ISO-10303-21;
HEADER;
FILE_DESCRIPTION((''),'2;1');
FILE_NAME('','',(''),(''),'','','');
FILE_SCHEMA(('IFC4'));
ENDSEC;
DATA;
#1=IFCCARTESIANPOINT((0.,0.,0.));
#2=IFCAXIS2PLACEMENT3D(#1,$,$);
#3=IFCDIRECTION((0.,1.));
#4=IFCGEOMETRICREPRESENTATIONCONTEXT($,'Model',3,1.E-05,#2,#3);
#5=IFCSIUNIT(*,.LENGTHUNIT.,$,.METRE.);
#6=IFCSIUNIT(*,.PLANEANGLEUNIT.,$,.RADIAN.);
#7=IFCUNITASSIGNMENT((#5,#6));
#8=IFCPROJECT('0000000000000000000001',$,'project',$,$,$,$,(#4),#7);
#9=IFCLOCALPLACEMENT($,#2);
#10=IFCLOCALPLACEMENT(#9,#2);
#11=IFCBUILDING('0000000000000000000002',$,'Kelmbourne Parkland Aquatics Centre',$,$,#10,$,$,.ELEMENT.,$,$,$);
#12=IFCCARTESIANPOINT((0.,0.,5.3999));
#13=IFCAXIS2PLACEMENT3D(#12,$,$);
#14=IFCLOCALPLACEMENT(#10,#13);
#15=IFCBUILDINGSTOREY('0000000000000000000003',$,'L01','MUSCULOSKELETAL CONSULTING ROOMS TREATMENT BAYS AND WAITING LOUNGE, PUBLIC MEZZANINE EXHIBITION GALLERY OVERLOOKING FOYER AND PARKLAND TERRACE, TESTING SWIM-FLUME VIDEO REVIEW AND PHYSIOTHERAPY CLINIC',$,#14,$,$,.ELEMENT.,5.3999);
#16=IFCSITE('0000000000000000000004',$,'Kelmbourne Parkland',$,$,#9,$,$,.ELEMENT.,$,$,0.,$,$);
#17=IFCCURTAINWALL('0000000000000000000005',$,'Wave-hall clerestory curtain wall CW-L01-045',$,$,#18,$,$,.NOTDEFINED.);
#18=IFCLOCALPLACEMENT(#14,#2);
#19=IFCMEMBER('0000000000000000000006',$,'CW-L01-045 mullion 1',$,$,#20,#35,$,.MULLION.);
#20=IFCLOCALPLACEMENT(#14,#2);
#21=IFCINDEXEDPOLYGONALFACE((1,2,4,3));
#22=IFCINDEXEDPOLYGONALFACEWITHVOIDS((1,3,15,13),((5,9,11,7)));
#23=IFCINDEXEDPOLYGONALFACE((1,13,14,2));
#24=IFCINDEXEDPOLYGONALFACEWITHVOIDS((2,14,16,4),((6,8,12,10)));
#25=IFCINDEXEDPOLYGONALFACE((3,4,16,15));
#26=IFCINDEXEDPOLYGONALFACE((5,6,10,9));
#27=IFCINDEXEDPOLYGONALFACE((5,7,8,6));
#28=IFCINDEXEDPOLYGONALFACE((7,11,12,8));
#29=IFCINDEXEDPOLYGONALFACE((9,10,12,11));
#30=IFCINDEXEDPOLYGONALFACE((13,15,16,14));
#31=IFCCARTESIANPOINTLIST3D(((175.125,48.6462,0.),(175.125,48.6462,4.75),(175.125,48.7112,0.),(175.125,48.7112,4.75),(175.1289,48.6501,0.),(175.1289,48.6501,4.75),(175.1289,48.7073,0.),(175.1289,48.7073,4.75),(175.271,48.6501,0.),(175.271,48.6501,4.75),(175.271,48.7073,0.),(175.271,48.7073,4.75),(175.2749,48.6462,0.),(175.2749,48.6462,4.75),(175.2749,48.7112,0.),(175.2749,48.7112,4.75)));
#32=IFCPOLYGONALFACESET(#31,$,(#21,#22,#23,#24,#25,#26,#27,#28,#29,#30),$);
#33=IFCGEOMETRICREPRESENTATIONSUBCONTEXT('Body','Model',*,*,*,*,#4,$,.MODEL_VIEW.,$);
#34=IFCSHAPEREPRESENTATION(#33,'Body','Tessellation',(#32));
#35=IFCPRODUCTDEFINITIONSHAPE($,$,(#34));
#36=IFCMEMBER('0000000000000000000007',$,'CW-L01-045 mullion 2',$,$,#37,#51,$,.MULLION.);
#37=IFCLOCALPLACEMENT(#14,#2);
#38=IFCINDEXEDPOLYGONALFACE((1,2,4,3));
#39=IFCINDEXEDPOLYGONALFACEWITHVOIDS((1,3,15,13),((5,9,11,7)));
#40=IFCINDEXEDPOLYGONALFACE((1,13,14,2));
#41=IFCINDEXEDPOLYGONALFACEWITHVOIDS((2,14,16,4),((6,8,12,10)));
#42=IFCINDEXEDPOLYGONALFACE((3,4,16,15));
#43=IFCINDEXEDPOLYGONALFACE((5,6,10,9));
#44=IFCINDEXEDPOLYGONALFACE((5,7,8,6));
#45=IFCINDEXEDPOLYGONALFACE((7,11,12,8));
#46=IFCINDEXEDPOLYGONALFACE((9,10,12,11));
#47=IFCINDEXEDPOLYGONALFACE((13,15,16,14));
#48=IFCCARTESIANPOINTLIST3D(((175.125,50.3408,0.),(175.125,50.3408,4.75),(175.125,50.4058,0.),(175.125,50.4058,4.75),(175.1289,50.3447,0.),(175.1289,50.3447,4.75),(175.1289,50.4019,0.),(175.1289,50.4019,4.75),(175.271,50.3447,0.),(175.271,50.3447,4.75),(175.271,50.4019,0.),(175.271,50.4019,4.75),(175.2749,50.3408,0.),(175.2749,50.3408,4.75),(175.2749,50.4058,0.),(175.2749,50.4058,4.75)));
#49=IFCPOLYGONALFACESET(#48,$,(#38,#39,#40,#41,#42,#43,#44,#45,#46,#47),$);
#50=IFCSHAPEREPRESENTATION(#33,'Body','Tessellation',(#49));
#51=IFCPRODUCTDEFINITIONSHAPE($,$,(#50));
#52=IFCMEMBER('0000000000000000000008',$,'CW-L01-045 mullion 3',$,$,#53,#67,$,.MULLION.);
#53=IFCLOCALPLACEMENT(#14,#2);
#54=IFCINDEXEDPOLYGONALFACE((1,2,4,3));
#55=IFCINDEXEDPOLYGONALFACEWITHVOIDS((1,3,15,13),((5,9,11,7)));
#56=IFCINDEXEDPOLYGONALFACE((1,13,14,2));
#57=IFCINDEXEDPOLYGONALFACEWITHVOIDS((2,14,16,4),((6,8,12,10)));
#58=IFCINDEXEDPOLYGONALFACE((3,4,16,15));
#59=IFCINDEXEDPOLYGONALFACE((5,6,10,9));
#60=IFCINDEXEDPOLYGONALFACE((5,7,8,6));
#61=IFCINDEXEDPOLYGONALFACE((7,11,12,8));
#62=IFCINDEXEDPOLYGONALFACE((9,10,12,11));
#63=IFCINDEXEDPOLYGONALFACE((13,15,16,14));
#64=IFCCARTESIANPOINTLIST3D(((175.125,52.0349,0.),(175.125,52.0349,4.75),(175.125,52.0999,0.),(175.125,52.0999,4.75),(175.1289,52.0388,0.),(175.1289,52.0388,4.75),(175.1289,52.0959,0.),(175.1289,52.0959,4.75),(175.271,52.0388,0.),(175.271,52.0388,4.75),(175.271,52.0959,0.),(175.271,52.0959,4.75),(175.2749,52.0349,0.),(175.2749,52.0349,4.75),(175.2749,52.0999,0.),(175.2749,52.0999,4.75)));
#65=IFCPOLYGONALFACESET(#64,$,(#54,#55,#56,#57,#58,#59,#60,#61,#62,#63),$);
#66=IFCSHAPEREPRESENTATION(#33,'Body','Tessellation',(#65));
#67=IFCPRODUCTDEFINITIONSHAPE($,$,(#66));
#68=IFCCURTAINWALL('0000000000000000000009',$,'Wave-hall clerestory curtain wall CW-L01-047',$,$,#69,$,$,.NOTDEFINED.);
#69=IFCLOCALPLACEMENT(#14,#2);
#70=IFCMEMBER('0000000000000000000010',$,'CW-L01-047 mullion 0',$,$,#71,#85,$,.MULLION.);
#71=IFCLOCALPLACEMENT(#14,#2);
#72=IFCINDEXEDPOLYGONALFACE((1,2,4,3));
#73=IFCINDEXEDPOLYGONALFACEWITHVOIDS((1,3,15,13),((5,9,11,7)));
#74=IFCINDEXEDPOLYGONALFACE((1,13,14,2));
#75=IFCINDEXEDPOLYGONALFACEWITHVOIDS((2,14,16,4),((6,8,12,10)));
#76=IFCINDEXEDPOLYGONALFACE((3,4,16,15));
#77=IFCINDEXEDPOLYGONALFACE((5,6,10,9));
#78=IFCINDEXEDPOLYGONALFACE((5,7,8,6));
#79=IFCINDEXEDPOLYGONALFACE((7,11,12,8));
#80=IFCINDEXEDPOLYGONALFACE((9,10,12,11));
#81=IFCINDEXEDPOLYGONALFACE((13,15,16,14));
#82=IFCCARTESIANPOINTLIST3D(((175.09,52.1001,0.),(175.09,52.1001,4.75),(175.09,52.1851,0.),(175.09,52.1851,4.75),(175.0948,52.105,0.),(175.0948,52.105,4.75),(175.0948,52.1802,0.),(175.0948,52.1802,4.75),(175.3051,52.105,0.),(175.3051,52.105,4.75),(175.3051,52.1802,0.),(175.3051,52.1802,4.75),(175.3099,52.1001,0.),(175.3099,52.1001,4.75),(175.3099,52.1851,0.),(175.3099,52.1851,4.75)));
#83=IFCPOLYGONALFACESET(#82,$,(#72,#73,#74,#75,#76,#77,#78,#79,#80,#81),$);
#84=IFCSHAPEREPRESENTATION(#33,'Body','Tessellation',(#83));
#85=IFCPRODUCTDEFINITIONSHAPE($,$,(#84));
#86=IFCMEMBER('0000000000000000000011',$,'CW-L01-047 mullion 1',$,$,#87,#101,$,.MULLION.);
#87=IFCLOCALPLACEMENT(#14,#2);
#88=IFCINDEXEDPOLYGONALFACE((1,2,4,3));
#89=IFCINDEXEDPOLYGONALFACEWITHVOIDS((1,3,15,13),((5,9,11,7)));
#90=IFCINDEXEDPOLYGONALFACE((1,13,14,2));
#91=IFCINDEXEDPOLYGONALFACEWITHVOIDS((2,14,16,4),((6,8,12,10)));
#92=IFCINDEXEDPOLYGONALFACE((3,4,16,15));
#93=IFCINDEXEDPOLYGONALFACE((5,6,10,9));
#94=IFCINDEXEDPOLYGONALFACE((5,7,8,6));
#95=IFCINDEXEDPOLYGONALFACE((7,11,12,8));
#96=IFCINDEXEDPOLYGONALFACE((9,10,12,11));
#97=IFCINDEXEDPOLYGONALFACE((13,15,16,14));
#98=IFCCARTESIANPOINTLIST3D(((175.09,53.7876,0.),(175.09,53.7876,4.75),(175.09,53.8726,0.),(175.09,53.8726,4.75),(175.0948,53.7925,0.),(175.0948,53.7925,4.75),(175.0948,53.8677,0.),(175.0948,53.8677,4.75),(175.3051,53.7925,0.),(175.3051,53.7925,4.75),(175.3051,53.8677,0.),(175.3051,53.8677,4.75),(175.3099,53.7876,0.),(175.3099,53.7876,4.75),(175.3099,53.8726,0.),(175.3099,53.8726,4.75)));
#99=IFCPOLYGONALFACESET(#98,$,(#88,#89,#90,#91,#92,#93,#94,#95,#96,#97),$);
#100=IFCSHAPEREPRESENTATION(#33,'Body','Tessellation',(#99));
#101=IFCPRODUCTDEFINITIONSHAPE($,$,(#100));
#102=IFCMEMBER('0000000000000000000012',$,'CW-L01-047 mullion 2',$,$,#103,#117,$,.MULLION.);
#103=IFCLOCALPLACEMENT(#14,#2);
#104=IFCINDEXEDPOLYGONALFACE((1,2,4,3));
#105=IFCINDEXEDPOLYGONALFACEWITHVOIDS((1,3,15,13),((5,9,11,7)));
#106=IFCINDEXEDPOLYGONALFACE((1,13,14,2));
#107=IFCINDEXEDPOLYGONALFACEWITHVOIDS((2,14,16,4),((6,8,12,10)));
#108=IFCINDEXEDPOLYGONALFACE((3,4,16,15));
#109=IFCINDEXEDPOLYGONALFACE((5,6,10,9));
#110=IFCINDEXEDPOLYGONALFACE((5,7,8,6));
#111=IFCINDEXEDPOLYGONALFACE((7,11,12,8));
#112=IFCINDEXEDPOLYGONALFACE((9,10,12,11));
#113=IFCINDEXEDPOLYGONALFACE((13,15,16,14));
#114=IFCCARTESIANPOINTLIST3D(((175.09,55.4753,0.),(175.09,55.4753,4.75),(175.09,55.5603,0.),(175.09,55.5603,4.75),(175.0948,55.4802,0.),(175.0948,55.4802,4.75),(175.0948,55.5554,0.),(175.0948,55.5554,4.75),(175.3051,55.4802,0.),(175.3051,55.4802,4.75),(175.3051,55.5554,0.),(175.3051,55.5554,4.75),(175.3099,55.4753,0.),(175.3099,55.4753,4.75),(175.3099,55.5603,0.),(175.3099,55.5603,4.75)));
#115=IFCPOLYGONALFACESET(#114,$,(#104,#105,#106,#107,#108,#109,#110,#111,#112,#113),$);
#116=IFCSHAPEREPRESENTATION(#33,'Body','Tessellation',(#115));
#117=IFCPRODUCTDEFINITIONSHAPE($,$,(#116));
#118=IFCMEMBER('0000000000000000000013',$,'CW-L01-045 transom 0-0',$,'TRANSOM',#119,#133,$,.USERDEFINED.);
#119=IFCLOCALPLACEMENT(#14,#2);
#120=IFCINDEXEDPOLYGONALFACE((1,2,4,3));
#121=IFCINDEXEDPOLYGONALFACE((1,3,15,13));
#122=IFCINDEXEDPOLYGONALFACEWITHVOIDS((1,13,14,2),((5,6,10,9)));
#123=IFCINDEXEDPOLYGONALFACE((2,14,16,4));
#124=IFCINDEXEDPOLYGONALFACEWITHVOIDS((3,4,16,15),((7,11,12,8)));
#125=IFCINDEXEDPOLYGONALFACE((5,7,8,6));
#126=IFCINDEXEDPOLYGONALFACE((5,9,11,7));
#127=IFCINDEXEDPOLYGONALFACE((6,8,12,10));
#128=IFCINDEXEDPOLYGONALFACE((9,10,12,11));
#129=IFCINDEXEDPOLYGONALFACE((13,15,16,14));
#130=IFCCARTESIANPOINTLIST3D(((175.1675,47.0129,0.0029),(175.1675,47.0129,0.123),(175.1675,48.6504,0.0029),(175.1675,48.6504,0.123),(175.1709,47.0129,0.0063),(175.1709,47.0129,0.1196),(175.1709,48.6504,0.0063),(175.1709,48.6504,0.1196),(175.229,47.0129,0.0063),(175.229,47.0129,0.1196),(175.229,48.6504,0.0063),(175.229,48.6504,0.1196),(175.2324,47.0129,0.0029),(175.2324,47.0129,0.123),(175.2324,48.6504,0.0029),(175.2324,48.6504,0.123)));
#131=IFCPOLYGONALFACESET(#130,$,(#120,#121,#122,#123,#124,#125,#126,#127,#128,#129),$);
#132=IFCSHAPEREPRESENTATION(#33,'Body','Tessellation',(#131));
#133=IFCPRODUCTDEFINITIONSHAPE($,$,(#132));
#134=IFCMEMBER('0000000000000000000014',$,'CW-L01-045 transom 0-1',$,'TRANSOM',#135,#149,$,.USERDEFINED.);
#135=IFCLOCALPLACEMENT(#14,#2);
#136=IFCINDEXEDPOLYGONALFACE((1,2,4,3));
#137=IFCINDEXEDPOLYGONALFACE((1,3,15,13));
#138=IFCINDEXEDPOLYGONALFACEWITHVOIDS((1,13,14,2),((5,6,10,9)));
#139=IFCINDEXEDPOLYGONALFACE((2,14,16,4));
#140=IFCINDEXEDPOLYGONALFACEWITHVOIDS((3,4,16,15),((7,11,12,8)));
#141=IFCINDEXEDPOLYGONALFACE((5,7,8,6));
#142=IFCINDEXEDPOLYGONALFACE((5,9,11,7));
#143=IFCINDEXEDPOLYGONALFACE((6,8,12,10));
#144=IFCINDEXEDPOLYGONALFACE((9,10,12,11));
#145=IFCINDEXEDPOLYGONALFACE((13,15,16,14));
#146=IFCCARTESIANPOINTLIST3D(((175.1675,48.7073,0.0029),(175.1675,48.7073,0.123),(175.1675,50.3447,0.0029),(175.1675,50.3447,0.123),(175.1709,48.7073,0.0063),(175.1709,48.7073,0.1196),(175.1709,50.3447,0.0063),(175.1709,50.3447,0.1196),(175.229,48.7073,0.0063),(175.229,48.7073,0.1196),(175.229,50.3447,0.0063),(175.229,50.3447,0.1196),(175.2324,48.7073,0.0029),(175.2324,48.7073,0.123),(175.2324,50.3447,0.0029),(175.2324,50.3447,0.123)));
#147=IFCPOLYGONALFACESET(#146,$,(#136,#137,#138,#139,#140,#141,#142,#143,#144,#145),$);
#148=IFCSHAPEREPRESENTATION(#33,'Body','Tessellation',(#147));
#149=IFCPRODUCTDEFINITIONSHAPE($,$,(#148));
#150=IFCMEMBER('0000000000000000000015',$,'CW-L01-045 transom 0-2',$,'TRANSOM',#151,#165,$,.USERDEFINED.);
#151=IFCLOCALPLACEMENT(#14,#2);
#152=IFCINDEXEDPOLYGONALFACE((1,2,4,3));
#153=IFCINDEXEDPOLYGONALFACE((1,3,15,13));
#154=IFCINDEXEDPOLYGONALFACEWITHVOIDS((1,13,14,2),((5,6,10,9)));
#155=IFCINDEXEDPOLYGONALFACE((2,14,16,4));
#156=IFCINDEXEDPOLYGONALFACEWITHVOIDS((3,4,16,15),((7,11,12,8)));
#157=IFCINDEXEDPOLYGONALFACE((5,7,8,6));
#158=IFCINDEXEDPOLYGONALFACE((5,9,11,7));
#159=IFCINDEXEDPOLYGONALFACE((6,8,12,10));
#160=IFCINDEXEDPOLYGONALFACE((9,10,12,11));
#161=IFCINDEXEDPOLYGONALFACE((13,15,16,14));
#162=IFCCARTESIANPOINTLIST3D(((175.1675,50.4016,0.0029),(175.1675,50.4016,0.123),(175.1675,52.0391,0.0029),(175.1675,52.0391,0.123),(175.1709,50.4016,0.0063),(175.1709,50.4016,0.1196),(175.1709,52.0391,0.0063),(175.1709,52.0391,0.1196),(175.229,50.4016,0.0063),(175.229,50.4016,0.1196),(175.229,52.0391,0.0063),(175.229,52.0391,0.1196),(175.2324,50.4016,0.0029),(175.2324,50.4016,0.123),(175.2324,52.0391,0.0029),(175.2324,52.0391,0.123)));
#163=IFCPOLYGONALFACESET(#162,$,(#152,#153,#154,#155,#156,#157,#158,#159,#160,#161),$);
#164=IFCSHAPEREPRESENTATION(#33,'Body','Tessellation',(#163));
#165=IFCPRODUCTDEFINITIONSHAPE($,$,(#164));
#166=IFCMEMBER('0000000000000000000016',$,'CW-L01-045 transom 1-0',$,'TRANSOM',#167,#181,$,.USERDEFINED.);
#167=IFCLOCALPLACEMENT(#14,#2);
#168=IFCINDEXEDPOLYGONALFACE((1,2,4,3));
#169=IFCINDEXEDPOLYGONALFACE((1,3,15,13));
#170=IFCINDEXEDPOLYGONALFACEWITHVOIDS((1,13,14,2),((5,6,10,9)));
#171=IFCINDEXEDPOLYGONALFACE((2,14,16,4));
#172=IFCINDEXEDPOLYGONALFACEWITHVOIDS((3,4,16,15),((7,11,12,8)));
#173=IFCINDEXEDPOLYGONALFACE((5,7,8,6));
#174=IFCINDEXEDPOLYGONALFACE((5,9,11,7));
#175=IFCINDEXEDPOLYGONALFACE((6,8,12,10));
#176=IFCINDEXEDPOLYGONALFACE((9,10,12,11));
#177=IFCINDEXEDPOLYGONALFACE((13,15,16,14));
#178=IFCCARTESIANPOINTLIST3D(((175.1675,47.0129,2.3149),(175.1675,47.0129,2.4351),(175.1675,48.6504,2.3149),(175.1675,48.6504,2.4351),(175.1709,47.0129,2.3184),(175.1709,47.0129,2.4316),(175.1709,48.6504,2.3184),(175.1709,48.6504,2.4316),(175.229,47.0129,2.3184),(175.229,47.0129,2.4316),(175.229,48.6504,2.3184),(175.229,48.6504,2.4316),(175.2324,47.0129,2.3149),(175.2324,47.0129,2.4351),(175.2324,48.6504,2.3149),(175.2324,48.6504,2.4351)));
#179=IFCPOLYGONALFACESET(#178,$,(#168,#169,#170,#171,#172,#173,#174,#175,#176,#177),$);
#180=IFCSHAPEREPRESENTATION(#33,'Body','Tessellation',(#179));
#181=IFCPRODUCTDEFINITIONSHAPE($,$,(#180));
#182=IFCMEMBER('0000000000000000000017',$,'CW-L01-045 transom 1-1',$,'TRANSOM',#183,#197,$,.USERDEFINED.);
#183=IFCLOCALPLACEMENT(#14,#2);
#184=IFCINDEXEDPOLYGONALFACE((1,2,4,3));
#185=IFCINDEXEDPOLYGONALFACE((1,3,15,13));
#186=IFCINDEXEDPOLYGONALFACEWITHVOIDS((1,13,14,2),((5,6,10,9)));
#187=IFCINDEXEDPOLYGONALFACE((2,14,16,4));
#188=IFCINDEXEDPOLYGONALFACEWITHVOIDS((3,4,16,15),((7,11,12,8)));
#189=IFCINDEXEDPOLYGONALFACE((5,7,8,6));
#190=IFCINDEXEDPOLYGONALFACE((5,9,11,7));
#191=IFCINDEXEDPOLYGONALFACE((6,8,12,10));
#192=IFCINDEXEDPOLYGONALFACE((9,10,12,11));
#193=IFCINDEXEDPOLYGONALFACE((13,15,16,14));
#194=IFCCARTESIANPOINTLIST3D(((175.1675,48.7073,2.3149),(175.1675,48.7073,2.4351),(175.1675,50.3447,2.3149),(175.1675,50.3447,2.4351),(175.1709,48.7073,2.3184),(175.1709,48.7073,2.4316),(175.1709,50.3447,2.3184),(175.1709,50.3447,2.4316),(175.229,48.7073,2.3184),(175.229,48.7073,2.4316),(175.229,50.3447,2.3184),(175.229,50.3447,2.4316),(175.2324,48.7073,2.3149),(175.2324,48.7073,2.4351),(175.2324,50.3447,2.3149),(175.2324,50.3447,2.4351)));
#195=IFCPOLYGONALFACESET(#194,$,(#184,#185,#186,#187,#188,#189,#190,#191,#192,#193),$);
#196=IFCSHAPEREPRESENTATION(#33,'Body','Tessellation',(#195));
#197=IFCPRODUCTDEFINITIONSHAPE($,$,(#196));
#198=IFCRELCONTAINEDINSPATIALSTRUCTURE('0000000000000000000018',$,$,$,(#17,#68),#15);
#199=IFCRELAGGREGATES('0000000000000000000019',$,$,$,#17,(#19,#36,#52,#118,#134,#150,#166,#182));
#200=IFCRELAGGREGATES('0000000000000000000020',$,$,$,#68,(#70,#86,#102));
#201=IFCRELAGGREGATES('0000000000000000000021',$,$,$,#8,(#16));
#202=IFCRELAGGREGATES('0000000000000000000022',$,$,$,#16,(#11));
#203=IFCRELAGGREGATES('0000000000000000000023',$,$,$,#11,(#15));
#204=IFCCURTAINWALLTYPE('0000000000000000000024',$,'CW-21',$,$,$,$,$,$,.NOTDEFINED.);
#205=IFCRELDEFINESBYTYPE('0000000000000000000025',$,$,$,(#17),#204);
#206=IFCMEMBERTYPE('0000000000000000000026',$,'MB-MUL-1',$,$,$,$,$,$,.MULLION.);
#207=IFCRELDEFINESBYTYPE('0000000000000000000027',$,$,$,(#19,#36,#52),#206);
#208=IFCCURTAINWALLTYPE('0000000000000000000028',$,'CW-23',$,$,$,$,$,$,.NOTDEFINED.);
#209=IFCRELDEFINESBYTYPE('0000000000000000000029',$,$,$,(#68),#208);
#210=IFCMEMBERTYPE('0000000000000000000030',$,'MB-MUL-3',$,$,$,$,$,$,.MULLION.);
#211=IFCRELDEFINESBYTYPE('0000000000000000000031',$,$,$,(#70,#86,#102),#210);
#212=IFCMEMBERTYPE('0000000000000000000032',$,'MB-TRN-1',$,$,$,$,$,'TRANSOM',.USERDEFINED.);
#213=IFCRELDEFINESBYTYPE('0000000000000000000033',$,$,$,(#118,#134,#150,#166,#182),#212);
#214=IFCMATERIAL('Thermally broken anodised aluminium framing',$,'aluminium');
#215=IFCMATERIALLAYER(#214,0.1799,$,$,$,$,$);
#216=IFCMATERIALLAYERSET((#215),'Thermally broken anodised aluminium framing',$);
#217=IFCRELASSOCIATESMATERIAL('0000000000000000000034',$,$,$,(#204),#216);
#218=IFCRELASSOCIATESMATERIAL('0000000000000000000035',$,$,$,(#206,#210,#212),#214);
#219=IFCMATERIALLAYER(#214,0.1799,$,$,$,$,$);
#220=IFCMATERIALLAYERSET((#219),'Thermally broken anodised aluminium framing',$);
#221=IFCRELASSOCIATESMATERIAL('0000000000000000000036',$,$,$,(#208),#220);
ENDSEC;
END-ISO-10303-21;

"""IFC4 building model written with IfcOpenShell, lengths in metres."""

from ifc_helpers import new_model, si_unit, direction, frame, origin, origin_2d, place, context, subcontext, project, spatial, hollow_rectangle, extrude, material, layer, layer_set, material_profile, profile_set, type_object, element, aggregate, save


model = new_model("IFC4")

# Units and contexts
model_context = context("Model", 3, precision=1e-05, world=origin(), true_north=direction((0.0, 1.0)))
body_context = subcontext(model_context, "Body", "Model", "MODEL_VIEW")
ifc_project = project(units=[si_unit("LENGTHUNIT", "METRE"), si_unit("PLANEANGLEUNIT", "RADIAN")], contexts=[model_context])

# Site, building, storey
site_placement = place(None, origin())
site = spatial("IfcSite", under=ifc_project, at=site_placement, Name="Kelmbourne Parkland", CompositionType="ELEMENT", RefElevation=0.0)
building_placement = place(site_placement, origin())
building = spatial("IfcBuilding", under=site, at=building_placement, Name="Kelmbourne Parkland Aquatics Centre", CompositionType="ELEMENT")
storey_placement = place(building_placement, frame((0.0, 0.0, 5.3999)))
storey = spatial("IfcBuildingStorey", under=building, at=storey_placement, Name="L01", Description="MUSCULOSKELETAL CONSULTING ROOMS TREATMENT BAYS AND WAITING LOUNGE, PUBLIC MEZZANINE EXHIBITION GALLERY OVERLOOKING FOYER AND PARKLAND TERRACE, TESTING SWIM-FLUME VIDEO REVIEW AND PHYSIOTHERAPY CLINIC", CompositionType="ELEMENT", Elevation=5.3999)

# Curtain walls, members
ifc_material_1 = material(Name="Thermally broken anodised aluminium framing", Category="aluminium")
ifc_layer_1 = layer(ifc_material_1, 0.1799)
ifc_layer_set_1 = layer_set([ifc_layer_1], Name="Thermally broken anodised aluminium framing")
curtain_wall_type_1 = type_object("IfcCurtainWallType", Name="CW-21", PredefinedType="NOTDEFINED", material=ifc_layer_set_1)
curtain_wall_1_placement = place(storey_placement, origin())
curtain_wall_1 = element("IfcCurtainWall", 1, at=curtain_wall_1_placement, inside=storey, type_object=curtain_wall_type_1, Name="Wave-hall clerestory curtain wall CW-L01-045", PredefinedType="NOTDEFINED")
ifc_material_profile_1 = material_profile(ifc_material_1, hollow_rectangle(XDim=0.0649, YDim=0.1499, WallThickness=0.0039, at=origin_2d()), Name="CW-M 65x150")
ifc_profile_set_1 = profile_set([ifc_material_profile_1], Name="Thermally broken anodised aluminium framing")
member_type_1 = type_object("IfcMemberType", Name="MB-MUL-1", PredefinedType="MULLION", material=ifc_profile_set_1)
member_1_placement = place(storey_placement, frame((175.2, 48.6787, 0.0), z_axis=(0.0, 0.0, 1.0), x_axis=(0.0, 1.0, 0.0)))
member_1 = element("IfcMember", 2, at=member_1_placement, type_object=member_type_1, Name="CW-L01-045 mullion 1", PredefinedType="MULLION", context=body_context, shape_type="SweptSolid", body=[
    extrude(hollow_rectangle(XDim=0.0649, YDim=0.1499, WallThickness=0.0039, at=origin_2d()), origin(), (0.0, 0.0, 1.0), 4.75),
])
member_2_placement = place(storey_placement, frame((175.2, 50.3733, 0.0), z_axis=(0.0, 0.0, 1.0), x_axis=(0.0, 1.0, 0.0)))
member_2 = element("IfcMember", 3, at=member_2_placement, type_object=member_type_1, Name="CW-L01-045 mullion 2", PredefinedType="MULLION", context=body_context, shape_type="SweptSolid", body=[
    extrude(hollow_rectangle(XDim=0.0649, YDim=0.1499, WallThickness=0.0039, at=origin_2d()), origin(), (0.0, 0.0, 1.0), 4.75),
])
member_3_placement = place(storey_placement, frame((175.2, 52.0674, 0.0), z_axis=(0.0, 0.0, 1.0), x_axis=(0.0, 1.0, 0.0)))
member_3 = element("IfcMember", 4, at=member_3_placement, type_object=member_type_1, Name="CW-L01-045 mullion 3", PredefinedType="MULLION", context=body_context, shape_type="SweptSolid", body=[
    extrude(hollow_rectangle(XDim=0.0649, YDim=0.1499, WallThickness=0.0039, at=origin_2d()), origin(), (0.0, 0.0, 1.0), 4.75),
])
ifc_layer_2 = layer(ifc_material_1, 0.1799)
ifc_layer_set_2 = layer_set([ifc_layer_2], Name="Thermally broken anodised aluminium framing")
curtain_wall_type_2 = type_object("IfcCurtainWallType", Name="CW-23", PredefinedType="NOTDEFINED", material=ifc_layer_set_2)
curtain_wall_2_placement = place(storey_placement, origin())
curtain_wall_2 = element("IfcCurtainWall", 5, at=curtain_wall_2_placement, inside=storey, type_object=curtain_wall_type_2, Name="Wave-hall clerestory curtain wall CW-L01-047", PredefinedType="NOTDEFINED")
ifc_material_profile_2 = material_profile(ifc_material_1, hollow_rectangle(XDim=0.085, YDim=0.22, WallThickness=0.0049, at=origin_2d()), Name="CW-M 85x220")
ifc_profile_set_2 = profile_set([ifc_material_profile_2], Name="Thermally broken anodised aluminium framing")
member_type_2 = type_object("IfcMemberType", Name="MB-MUL-3", PredefinedType="MULLION", material=ifc_profile_set_2)
member_4_placement = place(storey_placement, frame((175.2, 52.1426, 0.0), z_axis=(0.0, 0.0, 1.0), x_axis=(0.0, 1.0, 0.0)))
member_4 = element("IfcMember", 6, at=member_4_placement, type_object=member_type_2, Name="CW-L01-047 mullion 0", PredefinedType="MULLION", context=body_context, shape_type="SweptSolid", body=[
    extrude(hollow_rectangle(XDim=0.085, YDim=0.22, WallThickness=0.0049, at=origin_2d()), origin(), (0.0, 0.0, 1.0), 4.75),
])
member_5_placement = place(storey_placement, frame((175.2, 53.8301, 0.0), z_axis=(0.0, 0.0, 1.0), x_axis=(0.0, 1.0, 0.0)))
member_5 = element("IfcMember", 7, at=member_5_placement, type_object=member_type_2, Name="CW-L01-047 mullion 1", PredefinedType="MULLION", context=body_context, shape_type="SweptSolid", body=[
    extrude(hollow_rectangle(XDim=0.085, YDim=0.22, WallThickness=0.0049, at=origin_2d()), origin(), (0.0, 0.0, 1.0), 4.75),
])
member_6_placement = place(storey_placement, frame((175.2, 55.5178, 0.0), z_axis=(0.0, 0.0, 1.0), x_axis=(0.0, 1.0, 0.0)))
member_6 = element("IfcMember", 8, at=member_6_placement, type_object=member_type_2, Name="CW-L01-047 mullion 2", PredefinedType="MULLION", context=body_context, shape_type="SweptSolid", body=[
    extrude(hollow_rectangle(XDim=0.085, YDim=0.22, WallThickness=0.0049, at=origin_2d()), origin(), (0.0, 0.0, 1.0), 4.75),
])

# Members
ifc_material_profile_3 = material_profile(ifc_material_1, hollow_rectangle(XDim=0.0649, YDim=0.1201, WallThickness=0.0034, at=origin_2d()), Name="CW-T 65x120")
ifc_profile_set_3 = profile_set([ifc_material_profile_3], Name="Thermally broken anodised aluminium framing")
member_type_3 = type_object("IfcMemberType", Name="MB-TRN-1", ElementType="TRANSOM", PredefinedType="USERDEFINED", material=ifc_profile_set_3)
member_7_placement = place(storey_placement, frame((175.2, 47.0129, 0.063), z_axis=(0.0, 1.0, 0.0), x_axis=(-1.0, 0.0, 0.0)))
member_7 = element("IfcMember", 9, at=member_7_placement, type_object=member_type_3, Name="CW-L01-045 transom 0-0", ObjectType="TRANSOM", PredefinedType="USERDEFINED", context=body_context, shape_type="SweptSolid", body=[
    extrude(hollow_rectangle(XDim=0.0649, YDim=0.1201, WallThickness=0.0034, at=origin_2d()), origin(), (0.0, 0.0, 1.0), 1.6375),
])
member_8_placement = place(storey_placement, frame((175.2, 48.7073, 0.063), z_axis=(0.0, 1.0, 0.0), x_axis=(-1.0, 0.0, 0.0)))
member_8 = element("IfcMember", 10, at=member_8_placement, type_object=member_type_3, Name="CW-L01-045 transom 0-1", ObjectType="TRANSOM", PredefinedType="USERDEFINED", context=body_context, shape_type="SweptSolid", body=[
    extrude(hollow_rectangle(XDim=0.0649, YDim=0.1201, WallThickness=0.0034, at=origin_2d()), origin(), (0.0, 0.0, 1.0), 1.6375),
])
member_9_placement = place(storey_placement, frame((175.2, 50.4016, 0.063), z_axis=(0.0, 1.0, 0.0), x_axis=(-1.0, 0.0, 0.0)))
member_9 = element("IfcMember", 11, at=member_9_placement, type_object=member_type_3, Name="CW-L01-045 transom 0-2", ObjectType="TRANSOM", PredefinedType="USERDEFINED", context=body_context, shape_type="SweptSolid", body=[
    extrude(hollow_rectangle(XDim=0.0649, YDim=0.1201, WallThickness=0.0034, at=origin_2d()), origin(), (0.0, 0.0, 1.0), 1.6375),
])
member_10_placement = place(storey_placement, frame((175.2, 47.0129, 2.375), z_axis=(0.0, 1.0, 0.0), x_axis=(-1.0, 0.0, 0.0)))
member_10 = element("IfcMember", 12, at=member_10_placement, type_object=member_type_3, Name="CW-L01-045 transom 1-0", ObjectType="TRANSOM", PredefinedType="USERDEFINED", context=body_context, shape_type="SweptSolid", body=[
    extrude(hollow_rectangle(XDim=0.0649, YDim=0.1201, WallThickness=0.0034, at=origin_2d()), origin(), (0.0, 0.0, 1.0), 1.6375),
])
member_11_placement = place(storey_placement, frame((175.2, 48.7073, 2.375), z_axis=(0.0, 1.0, 0.0), x_axis=(-1.0, 0.0, 0.0)))
member_11 = element("IfcMember", 13, at=member_11_placement, type_object=member_type_3, Name="CW-L01-045 transom 1-1", ObjectType="TRANSOM", PredefinedType="USERDEFINED", context=body_context, shape_type="SweptSolid", body=[
    extrude(hollow_rectangle(XDim=0.0649, YDim=0.1201, WallThickness=0.0034, at=origin_2d()), origin(), (0.0, 0.0, 1.0), 1.6375),
])

aggregate(curtain_wall_1, [member_1, member_2, member_3, member_7, member_8, member_9, member_10, member_11])
aggregate(curtain_wall_2, [member_4, member_5, member_6])

save(model, "model.ifc")
